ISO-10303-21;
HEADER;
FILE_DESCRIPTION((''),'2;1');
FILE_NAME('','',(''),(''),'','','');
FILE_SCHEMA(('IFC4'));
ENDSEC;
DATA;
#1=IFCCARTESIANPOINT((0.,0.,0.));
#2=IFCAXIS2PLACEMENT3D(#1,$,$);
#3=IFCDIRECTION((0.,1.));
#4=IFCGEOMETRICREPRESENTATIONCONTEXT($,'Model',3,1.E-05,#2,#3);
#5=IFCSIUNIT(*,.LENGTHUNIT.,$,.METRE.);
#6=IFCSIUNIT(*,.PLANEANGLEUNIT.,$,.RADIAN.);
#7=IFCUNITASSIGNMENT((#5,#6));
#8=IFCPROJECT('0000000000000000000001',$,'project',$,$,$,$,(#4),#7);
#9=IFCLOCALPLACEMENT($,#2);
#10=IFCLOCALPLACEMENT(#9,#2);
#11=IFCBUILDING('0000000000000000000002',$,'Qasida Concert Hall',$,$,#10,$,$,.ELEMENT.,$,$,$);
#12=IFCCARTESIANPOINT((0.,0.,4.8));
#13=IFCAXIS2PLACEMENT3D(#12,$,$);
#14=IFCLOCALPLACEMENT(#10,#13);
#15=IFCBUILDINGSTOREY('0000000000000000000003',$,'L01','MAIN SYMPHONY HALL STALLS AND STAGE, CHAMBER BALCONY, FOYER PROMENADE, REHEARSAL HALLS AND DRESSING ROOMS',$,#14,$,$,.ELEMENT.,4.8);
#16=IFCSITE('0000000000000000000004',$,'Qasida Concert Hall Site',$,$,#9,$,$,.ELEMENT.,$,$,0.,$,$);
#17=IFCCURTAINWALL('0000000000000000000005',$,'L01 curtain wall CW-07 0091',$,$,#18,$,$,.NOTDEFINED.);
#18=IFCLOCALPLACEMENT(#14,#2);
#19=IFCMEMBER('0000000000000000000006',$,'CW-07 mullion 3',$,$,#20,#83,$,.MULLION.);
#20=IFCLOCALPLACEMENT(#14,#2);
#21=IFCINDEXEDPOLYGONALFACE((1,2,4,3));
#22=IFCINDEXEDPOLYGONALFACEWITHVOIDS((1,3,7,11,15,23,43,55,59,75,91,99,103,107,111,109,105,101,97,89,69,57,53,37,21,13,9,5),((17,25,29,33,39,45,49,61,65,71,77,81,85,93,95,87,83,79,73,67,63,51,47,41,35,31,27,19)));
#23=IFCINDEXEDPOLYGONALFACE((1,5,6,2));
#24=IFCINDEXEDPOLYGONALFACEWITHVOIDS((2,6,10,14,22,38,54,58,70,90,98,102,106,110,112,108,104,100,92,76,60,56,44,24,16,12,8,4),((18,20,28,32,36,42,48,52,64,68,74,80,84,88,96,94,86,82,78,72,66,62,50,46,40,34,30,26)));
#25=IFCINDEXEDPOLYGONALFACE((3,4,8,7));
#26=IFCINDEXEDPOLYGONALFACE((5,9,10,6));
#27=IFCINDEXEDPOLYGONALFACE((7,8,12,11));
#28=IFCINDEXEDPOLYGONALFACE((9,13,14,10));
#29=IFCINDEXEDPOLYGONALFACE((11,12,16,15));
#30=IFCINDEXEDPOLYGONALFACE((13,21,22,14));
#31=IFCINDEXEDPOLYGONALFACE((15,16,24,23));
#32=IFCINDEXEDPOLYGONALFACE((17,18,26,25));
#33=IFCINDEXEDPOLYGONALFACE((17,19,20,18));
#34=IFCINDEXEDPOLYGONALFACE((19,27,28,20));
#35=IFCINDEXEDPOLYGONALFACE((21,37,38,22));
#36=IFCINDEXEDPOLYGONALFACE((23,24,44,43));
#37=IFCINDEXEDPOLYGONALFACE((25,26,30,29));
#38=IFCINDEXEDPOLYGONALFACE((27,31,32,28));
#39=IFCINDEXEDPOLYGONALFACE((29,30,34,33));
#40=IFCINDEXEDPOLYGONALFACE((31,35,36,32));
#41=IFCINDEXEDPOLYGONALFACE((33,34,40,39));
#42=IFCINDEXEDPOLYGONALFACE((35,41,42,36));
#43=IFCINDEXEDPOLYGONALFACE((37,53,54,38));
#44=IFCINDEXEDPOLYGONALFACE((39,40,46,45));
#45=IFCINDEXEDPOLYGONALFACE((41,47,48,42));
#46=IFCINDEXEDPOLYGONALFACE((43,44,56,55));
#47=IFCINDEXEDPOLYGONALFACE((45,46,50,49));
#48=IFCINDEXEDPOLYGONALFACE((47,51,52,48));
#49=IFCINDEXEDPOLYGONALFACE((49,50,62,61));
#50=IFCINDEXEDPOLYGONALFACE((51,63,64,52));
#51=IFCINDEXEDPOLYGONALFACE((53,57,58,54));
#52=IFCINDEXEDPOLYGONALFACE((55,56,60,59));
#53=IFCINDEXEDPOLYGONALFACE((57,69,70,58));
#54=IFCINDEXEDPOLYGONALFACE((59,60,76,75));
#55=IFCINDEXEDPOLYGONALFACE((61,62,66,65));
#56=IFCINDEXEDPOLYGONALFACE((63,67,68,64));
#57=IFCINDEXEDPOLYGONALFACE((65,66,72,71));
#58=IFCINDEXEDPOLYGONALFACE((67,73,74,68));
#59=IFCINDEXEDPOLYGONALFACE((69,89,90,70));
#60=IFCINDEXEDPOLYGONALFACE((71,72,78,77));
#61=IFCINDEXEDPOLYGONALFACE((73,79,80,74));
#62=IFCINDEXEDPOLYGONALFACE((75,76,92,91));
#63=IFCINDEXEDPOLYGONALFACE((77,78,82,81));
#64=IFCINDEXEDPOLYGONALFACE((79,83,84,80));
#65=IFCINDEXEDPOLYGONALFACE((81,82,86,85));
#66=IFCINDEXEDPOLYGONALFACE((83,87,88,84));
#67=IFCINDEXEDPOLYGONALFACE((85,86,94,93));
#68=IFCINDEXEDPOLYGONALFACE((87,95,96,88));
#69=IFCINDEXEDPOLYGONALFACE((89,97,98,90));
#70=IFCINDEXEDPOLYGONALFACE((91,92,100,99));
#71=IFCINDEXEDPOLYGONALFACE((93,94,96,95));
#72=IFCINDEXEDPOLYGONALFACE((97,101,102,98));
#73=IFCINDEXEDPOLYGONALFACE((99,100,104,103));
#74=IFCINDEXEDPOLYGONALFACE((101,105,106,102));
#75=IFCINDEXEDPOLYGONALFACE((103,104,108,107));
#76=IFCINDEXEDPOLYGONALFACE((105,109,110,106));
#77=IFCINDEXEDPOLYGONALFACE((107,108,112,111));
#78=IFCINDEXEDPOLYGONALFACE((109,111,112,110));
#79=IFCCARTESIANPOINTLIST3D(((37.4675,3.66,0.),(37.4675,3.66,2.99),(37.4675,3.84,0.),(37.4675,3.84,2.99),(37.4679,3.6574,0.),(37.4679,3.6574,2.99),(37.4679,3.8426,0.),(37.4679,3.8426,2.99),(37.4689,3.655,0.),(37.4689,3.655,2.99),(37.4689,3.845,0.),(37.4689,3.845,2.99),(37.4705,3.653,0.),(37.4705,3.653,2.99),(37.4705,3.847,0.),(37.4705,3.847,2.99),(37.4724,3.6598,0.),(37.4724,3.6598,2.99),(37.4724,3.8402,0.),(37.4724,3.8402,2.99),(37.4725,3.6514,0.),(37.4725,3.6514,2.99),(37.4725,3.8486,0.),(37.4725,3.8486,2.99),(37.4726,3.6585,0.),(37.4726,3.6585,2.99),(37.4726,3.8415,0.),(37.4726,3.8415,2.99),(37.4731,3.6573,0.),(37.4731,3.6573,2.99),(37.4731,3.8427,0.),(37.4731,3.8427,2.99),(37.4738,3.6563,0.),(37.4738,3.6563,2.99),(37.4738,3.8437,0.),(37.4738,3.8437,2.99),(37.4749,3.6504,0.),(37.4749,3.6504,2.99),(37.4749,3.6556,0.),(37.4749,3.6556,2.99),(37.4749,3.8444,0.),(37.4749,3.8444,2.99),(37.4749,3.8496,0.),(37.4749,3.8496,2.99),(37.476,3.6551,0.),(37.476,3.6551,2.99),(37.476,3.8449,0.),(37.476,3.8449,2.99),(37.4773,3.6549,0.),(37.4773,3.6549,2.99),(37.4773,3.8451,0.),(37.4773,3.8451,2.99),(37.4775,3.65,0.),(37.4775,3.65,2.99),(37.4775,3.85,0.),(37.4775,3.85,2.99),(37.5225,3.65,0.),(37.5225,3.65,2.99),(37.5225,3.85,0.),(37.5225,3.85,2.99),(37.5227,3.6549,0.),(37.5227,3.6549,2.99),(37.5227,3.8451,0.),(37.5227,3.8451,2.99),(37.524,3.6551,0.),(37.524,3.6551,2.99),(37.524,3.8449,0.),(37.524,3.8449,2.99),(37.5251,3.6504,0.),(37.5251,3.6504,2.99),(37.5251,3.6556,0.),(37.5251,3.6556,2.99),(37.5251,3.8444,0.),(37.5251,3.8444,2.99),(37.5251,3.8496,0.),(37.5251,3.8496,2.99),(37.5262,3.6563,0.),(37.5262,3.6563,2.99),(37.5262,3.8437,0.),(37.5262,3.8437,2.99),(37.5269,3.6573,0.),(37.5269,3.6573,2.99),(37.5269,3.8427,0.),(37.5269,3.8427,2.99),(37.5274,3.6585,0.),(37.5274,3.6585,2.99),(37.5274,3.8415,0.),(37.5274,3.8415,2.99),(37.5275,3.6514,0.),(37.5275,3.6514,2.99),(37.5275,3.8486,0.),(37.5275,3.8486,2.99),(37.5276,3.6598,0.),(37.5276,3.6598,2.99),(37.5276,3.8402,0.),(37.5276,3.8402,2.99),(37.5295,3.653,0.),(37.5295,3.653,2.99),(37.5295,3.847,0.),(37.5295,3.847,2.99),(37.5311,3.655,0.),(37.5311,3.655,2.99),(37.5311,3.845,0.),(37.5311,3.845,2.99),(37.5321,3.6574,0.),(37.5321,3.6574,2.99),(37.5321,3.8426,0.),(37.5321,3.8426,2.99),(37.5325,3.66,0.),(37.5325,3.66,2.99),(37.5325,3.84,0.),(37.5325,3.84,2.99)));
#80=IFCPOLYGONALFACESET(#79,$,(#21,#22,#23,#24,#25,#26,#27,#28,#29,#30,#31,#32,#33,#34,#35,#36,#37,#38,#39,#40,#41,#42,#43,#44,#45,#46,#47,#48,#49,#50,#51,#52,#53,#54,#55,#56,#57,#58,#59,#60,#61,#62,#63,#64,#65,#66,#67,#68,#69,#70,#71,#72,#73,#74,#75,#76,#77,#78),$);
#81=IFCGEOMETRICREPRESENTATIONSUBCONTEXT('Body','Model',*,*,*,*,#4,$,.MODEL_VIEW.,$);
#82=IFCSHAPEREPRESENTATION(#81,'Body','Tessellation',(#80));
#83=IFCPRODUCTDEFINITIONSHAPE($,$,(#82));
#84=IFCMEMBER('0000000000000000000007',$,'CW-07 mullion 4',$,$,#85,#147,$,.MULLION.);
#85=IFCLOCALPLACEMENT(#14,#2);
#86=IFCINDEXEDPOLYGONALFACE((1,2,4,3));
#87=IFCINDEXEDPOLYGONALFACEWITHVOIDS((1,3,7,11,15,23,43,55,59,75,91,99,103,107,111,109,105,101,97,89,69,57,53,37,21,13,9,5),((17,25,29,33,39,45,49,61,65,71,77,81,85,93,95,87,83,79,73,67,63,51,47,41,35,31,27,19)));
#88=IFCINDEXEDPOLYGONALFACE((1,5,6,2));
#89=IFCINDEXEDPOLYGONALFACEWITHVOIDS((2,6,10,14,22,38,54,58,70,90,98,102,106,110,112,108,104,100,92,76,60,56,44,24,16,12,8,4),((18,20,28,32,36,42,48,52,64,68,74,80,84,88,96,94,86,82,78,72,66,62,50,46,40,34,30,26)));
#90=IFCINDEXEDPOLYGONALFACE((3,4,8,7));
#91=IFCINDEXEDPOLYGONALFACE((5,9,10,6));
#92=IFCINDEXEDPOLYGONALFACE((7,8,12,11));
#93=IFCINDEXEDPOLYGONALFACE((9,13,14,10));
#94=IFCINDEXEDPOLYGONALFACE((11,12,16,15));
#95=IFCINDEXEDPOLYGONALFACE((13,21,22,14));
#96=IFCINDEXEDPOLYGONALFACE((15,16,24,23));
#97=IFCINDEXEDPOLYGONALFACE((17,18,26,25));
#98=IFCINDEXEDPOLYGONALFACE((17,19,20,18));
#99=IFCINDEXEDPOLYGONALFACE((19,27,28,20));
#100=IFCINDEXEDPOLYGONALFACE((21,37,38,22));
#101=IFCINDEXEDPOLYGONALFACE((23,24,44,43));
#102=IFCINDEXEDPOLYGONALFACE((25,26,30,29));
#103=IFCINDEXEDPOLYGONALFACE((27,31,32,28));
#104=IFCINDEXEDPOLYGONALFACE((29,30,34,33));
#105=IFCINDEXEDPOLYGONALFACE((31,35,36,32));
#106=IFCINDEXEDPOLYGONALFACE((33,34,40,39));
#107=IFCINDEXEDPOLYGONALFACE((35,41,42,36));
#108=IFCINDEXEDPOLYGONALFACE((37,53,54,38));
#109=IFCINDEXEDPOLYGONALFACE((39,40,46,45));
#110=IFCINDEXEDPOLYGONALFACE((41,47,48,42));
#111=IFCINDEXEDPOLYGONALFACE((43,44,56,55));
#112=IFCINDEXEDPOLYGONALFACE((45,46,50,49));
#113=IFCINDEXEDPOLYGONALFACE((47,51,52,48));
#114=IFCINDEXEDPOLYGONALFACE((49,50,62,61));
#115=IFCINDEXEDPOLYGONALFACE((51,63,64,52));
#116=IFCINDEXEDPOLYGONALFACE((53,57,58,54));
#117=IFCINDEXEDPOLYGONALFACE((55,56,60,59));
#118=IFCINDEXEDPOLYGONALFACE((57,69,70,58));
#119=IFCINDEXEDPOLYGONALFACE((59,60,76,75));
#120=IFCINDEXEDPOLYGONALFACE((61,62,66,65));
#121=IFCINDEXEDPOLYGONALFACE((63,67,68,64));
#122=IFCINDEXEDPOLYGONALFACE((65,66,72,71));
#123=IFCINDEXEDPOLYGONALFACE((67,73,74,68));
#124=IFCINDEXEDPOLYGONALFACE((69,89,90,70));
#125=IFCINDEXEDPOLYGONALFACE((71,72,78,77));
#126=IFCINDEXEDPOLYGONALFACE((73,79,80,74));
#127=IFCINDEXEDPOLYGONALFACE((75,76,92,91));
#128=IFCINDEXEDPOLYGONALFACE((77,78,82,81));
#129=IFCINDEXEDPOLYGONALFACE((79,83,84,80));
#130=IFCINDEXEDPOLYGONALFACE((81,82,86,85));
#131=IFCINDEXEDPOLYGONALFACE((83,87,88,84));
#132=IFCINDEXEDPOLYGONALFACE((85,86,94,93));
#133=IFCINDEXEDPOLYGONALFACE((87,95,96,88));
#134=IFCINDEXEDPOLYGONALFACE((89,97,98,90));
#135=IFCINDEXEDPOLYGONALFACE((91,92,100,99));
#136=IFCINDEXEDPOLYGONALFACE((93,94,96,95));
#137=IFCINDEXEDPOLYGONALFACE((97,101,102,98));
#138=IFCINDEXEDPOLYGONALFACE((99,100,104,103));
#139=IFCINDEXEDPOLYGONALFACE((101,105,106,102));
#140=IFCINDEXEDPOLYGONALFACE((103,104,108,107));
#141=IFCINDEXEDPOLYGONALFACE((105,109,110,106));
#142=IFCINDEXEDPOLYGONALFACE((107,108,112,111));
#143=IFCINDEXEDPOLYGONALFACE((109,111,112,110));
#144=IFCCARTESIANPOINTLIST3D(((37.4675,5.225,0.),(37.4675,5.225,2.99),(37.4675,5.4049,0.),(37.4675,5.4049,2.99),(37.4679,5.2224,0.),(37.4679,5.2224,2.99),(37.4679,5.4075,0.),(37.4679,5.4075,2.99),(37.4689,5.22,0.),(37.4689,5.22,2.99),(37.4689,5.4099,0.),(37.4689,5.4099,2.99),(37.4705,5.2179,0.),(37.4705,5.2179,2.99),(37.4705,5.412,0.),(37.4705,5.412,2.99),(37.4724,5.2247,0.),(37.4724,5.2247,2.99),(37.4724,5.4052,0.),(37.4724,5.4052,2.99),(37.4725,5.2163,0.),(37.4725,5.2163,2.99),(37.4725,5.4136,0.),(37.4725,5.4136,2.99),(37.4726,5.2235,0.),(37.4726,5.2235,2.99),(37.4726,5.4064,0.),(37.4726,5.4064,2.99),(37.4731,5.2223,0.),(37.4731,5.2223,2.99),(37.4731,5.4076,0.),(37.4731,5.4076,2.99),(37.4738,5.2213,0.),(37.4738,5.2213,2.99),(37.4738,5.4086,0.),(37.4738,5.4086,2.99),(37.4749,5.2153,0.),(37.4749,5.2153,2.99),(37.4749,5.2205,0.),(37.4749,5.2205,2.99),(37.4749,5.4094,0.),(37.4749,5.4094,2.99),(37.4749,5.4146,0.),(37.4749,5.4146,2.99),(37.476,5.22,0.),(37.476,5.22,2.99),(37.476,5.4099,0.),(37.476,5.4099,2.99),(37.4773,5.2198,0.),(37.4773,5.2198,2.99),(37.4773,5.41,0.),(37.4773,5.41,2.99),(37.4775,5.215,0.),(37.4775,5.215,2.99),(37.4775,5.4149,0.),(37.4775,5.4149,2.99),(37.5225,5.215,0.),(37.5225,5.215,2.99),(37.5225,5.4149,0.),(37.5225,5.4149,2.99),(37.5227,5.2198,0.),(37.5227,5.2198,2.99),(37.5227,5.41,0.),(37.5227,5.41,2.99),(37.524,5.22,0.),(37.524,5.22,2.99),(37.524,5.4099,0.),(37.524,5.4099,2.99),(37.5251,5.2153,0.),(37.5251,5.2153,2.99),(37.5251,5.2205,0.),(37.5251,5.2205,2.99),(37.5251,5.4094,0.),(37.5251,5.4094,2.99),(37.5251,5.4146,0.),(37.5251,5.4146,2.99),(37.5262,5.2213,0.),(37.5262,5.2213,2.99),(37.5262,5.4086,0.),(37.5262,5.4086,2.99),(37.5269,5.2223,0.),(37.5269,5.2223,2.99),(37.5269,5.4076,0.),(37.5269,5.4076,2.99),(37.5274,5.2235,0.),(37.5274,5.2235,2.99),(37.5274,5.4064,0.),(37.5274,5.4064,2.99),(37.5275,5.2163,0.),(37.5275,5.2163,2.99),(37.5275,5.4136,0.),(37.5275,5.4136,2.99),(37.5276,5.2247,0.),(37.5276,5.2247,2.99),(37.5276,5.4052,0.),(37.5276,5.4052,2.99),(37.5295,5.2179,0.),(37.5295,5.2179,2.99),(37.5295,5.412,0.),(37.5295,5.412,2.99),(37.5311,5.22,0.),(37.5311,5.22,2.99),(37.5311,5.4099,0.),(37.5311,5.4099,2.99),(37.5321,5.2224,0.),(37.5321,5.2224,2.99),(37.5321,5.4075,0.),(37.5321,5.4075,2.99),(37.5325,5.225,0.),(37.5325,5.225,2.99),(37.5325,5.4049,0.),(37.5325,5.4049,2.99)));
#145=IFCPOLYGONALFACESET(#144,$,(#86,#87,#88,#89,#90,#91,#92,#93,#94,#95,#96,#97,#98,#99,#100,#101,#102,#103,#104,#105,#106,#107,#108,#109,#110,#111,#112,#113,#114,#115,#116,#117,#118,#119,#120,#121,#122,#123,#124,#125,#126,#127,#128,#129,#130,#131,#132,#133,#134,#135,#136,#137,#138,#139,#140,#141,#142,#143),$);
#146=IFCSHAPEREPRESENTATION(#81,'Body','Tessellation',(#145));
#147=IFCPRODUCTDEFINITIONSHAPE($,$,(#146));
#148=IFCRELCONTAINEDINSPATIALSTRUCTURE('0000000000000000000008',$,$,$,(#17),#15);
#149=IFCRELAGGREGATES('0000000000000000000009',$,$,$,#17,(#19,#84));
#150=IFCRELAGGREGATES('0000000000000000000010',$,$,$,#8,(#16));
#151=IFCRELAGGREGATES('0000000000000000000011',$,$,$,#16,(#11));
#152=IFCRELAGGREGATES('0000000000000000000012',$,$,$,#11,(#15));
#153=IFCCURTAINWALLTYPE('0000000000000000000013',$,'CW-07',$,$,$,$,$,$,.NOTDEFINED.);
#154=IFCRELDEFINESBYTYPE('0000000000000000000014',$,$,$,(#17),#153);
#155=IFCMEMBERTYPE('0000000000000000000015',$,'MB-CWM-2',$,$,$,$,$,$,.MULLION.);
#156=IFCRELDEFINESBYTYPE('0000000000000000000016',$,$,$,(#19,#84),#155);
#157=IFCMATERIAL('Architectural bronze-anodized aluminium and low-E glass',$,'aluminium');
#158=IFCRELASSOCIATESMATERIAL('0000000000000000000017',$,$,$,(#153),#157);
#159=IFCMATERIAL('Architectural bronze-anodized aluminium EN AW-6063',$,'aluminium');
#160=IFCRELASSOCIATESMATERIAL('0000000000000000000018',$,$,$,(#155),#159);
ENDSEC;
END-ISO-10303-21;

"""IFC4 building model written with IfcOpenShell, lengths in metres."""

from ifc_helpers import new_model, si_unit, direction, frame, origin, origin_2d, place, context, subcontext, project, spatial, hollow_rectangle, extrude, material, material_profile, profile_set, type_object, element, aggregate, save


model = new_model("IFC4")

# Units and contexts
model_context = context("Model", 3, precision=1e-05, world=origin(), true_north=direction((0.0, 1.0)))
body_context = subcontext(model_context, "Body", "Model", "MODEL_VIEW")
ifc_project = project(units=[si_unit("LENGTHUNIT", "METRE"), si_unit("PLANEANGLEUNIT", "RADIAN")], contexts=[model_context])

# Site, building, storey
site_placement = place(None, origin())
site = spatial("IfcSite", under=ifc_project, at=site_placement, Name="Qasida Concert Hall Site", CompositionType="ELEMENT", RefElevation=0.0)
building_placement = place(site_placement, origin())
building = spatial("IfcBuilding", under=site, at=building_placement, Name="Qasida Concert Hall", CompositionType="ELEMENT")
storey_placement = place(building_placement, frame((0.0, 0.0, 4.8)))
storey = spatial("IfcBuildingStorey", under=building, at=storey_placement, Name="L01", Description="MAIN SYMPHONY HALL STALLS AND STAGE, CHAMBER BALCONY, FOYER PROMENADE, REHEARSAL HALLS AND DRESSING ROOMS", CompositionType="ELEMENT", Elevation=4.8)

# Curtain wall, members
ifc_material_1 = material(Name="Architectural bronze-anodized aluminium and low-E glass", Category="aluminium")
curtain_wall_type = type_object("IfcCurtainWallType", Name="CW-07", PredefinedType="NOTDEFINED", material=ifc_material_1)
curtain_wall_placement = place(storey_placement, origin())
curtain_wall = element("IfcCurtainWall", 1, at=curtain_wall_placement, inside=storey, type_object=curtain_wall_type, Name="L01 curtain wall CW-07 0091", PredefinedType="NOTDEFINED")
ifc_material_2 = material(Name="Architectural bronze-anodized aluminium EN AW-6063", Category="aluminium")
ifc_material_profile_1 = material_profile(ifc_material_2, hollow_rectangle(XDim=0.0649, YDim=0.2, WallThickness=0.0049, InnerFilletRadius=0.0049, OuterFilletRadius=0.01, at=origin_2d()), Name="CWM 200x65x5")
ifc_profile_set_1 = profile_set([ifc_material_profile_1], Name="Architectural bronze-anodized aluminium EN AW-6063")
member_type_1 = type_object("IfcMemberType", Name="MB-CWM-2", PredefinedType="MULLION", material=ifc_profile_set_1)
member_1_placement = place(storey_placement, frame((37.5, 3.75, 0.0), z_axis=(0.0, 0.0, 1.0), x_axis=(-1.0, 0.0, 0.0)))
member_1 = element("IfcMember", 2, at=member_1_placement, type_object=member_type_1, Name="CW-07 mullion 3", PredefinedType="MULLION", context=body_context, shape_type="SweptSolid", body=[
    extrude(hollow_rectangle(XDim=0.0649, YDim=0.2, WallThickness=0.0049, InnerFilletRadius=0.0049, OuterFilletRadius=0.01, at=origin_2d()), origin(), (0.0, 0.0, 1.0), 2.99),
])
member_2_placement = place(storey_placement, frame((37.5, 5.3149, 0.0), z_axis=(0.0, 0.0, 1.0), x_axis=(-1.0, 0.0, 0.0)))
member_2 = element("IfcMember", 3, at=member_2_placement, type_object=member_type_1, Name="CW-07 mullion 4", PredefinedType="MULLION", context=body_context, shape_type="SweptSolid", body=[
    extrude(hollow_rectangle(XDim=0.0649, YDim=0.2, WallThickness=0.0049, InnerFilletRadius=0.0049, OuterFilletRadius=0.01, at=origin_2d()), origin(), (0.0, 0.0, 1.0), 2.99),
])
aggregate(curtain_wall, [member_1, member_2])

save(model, "model.ifc")
